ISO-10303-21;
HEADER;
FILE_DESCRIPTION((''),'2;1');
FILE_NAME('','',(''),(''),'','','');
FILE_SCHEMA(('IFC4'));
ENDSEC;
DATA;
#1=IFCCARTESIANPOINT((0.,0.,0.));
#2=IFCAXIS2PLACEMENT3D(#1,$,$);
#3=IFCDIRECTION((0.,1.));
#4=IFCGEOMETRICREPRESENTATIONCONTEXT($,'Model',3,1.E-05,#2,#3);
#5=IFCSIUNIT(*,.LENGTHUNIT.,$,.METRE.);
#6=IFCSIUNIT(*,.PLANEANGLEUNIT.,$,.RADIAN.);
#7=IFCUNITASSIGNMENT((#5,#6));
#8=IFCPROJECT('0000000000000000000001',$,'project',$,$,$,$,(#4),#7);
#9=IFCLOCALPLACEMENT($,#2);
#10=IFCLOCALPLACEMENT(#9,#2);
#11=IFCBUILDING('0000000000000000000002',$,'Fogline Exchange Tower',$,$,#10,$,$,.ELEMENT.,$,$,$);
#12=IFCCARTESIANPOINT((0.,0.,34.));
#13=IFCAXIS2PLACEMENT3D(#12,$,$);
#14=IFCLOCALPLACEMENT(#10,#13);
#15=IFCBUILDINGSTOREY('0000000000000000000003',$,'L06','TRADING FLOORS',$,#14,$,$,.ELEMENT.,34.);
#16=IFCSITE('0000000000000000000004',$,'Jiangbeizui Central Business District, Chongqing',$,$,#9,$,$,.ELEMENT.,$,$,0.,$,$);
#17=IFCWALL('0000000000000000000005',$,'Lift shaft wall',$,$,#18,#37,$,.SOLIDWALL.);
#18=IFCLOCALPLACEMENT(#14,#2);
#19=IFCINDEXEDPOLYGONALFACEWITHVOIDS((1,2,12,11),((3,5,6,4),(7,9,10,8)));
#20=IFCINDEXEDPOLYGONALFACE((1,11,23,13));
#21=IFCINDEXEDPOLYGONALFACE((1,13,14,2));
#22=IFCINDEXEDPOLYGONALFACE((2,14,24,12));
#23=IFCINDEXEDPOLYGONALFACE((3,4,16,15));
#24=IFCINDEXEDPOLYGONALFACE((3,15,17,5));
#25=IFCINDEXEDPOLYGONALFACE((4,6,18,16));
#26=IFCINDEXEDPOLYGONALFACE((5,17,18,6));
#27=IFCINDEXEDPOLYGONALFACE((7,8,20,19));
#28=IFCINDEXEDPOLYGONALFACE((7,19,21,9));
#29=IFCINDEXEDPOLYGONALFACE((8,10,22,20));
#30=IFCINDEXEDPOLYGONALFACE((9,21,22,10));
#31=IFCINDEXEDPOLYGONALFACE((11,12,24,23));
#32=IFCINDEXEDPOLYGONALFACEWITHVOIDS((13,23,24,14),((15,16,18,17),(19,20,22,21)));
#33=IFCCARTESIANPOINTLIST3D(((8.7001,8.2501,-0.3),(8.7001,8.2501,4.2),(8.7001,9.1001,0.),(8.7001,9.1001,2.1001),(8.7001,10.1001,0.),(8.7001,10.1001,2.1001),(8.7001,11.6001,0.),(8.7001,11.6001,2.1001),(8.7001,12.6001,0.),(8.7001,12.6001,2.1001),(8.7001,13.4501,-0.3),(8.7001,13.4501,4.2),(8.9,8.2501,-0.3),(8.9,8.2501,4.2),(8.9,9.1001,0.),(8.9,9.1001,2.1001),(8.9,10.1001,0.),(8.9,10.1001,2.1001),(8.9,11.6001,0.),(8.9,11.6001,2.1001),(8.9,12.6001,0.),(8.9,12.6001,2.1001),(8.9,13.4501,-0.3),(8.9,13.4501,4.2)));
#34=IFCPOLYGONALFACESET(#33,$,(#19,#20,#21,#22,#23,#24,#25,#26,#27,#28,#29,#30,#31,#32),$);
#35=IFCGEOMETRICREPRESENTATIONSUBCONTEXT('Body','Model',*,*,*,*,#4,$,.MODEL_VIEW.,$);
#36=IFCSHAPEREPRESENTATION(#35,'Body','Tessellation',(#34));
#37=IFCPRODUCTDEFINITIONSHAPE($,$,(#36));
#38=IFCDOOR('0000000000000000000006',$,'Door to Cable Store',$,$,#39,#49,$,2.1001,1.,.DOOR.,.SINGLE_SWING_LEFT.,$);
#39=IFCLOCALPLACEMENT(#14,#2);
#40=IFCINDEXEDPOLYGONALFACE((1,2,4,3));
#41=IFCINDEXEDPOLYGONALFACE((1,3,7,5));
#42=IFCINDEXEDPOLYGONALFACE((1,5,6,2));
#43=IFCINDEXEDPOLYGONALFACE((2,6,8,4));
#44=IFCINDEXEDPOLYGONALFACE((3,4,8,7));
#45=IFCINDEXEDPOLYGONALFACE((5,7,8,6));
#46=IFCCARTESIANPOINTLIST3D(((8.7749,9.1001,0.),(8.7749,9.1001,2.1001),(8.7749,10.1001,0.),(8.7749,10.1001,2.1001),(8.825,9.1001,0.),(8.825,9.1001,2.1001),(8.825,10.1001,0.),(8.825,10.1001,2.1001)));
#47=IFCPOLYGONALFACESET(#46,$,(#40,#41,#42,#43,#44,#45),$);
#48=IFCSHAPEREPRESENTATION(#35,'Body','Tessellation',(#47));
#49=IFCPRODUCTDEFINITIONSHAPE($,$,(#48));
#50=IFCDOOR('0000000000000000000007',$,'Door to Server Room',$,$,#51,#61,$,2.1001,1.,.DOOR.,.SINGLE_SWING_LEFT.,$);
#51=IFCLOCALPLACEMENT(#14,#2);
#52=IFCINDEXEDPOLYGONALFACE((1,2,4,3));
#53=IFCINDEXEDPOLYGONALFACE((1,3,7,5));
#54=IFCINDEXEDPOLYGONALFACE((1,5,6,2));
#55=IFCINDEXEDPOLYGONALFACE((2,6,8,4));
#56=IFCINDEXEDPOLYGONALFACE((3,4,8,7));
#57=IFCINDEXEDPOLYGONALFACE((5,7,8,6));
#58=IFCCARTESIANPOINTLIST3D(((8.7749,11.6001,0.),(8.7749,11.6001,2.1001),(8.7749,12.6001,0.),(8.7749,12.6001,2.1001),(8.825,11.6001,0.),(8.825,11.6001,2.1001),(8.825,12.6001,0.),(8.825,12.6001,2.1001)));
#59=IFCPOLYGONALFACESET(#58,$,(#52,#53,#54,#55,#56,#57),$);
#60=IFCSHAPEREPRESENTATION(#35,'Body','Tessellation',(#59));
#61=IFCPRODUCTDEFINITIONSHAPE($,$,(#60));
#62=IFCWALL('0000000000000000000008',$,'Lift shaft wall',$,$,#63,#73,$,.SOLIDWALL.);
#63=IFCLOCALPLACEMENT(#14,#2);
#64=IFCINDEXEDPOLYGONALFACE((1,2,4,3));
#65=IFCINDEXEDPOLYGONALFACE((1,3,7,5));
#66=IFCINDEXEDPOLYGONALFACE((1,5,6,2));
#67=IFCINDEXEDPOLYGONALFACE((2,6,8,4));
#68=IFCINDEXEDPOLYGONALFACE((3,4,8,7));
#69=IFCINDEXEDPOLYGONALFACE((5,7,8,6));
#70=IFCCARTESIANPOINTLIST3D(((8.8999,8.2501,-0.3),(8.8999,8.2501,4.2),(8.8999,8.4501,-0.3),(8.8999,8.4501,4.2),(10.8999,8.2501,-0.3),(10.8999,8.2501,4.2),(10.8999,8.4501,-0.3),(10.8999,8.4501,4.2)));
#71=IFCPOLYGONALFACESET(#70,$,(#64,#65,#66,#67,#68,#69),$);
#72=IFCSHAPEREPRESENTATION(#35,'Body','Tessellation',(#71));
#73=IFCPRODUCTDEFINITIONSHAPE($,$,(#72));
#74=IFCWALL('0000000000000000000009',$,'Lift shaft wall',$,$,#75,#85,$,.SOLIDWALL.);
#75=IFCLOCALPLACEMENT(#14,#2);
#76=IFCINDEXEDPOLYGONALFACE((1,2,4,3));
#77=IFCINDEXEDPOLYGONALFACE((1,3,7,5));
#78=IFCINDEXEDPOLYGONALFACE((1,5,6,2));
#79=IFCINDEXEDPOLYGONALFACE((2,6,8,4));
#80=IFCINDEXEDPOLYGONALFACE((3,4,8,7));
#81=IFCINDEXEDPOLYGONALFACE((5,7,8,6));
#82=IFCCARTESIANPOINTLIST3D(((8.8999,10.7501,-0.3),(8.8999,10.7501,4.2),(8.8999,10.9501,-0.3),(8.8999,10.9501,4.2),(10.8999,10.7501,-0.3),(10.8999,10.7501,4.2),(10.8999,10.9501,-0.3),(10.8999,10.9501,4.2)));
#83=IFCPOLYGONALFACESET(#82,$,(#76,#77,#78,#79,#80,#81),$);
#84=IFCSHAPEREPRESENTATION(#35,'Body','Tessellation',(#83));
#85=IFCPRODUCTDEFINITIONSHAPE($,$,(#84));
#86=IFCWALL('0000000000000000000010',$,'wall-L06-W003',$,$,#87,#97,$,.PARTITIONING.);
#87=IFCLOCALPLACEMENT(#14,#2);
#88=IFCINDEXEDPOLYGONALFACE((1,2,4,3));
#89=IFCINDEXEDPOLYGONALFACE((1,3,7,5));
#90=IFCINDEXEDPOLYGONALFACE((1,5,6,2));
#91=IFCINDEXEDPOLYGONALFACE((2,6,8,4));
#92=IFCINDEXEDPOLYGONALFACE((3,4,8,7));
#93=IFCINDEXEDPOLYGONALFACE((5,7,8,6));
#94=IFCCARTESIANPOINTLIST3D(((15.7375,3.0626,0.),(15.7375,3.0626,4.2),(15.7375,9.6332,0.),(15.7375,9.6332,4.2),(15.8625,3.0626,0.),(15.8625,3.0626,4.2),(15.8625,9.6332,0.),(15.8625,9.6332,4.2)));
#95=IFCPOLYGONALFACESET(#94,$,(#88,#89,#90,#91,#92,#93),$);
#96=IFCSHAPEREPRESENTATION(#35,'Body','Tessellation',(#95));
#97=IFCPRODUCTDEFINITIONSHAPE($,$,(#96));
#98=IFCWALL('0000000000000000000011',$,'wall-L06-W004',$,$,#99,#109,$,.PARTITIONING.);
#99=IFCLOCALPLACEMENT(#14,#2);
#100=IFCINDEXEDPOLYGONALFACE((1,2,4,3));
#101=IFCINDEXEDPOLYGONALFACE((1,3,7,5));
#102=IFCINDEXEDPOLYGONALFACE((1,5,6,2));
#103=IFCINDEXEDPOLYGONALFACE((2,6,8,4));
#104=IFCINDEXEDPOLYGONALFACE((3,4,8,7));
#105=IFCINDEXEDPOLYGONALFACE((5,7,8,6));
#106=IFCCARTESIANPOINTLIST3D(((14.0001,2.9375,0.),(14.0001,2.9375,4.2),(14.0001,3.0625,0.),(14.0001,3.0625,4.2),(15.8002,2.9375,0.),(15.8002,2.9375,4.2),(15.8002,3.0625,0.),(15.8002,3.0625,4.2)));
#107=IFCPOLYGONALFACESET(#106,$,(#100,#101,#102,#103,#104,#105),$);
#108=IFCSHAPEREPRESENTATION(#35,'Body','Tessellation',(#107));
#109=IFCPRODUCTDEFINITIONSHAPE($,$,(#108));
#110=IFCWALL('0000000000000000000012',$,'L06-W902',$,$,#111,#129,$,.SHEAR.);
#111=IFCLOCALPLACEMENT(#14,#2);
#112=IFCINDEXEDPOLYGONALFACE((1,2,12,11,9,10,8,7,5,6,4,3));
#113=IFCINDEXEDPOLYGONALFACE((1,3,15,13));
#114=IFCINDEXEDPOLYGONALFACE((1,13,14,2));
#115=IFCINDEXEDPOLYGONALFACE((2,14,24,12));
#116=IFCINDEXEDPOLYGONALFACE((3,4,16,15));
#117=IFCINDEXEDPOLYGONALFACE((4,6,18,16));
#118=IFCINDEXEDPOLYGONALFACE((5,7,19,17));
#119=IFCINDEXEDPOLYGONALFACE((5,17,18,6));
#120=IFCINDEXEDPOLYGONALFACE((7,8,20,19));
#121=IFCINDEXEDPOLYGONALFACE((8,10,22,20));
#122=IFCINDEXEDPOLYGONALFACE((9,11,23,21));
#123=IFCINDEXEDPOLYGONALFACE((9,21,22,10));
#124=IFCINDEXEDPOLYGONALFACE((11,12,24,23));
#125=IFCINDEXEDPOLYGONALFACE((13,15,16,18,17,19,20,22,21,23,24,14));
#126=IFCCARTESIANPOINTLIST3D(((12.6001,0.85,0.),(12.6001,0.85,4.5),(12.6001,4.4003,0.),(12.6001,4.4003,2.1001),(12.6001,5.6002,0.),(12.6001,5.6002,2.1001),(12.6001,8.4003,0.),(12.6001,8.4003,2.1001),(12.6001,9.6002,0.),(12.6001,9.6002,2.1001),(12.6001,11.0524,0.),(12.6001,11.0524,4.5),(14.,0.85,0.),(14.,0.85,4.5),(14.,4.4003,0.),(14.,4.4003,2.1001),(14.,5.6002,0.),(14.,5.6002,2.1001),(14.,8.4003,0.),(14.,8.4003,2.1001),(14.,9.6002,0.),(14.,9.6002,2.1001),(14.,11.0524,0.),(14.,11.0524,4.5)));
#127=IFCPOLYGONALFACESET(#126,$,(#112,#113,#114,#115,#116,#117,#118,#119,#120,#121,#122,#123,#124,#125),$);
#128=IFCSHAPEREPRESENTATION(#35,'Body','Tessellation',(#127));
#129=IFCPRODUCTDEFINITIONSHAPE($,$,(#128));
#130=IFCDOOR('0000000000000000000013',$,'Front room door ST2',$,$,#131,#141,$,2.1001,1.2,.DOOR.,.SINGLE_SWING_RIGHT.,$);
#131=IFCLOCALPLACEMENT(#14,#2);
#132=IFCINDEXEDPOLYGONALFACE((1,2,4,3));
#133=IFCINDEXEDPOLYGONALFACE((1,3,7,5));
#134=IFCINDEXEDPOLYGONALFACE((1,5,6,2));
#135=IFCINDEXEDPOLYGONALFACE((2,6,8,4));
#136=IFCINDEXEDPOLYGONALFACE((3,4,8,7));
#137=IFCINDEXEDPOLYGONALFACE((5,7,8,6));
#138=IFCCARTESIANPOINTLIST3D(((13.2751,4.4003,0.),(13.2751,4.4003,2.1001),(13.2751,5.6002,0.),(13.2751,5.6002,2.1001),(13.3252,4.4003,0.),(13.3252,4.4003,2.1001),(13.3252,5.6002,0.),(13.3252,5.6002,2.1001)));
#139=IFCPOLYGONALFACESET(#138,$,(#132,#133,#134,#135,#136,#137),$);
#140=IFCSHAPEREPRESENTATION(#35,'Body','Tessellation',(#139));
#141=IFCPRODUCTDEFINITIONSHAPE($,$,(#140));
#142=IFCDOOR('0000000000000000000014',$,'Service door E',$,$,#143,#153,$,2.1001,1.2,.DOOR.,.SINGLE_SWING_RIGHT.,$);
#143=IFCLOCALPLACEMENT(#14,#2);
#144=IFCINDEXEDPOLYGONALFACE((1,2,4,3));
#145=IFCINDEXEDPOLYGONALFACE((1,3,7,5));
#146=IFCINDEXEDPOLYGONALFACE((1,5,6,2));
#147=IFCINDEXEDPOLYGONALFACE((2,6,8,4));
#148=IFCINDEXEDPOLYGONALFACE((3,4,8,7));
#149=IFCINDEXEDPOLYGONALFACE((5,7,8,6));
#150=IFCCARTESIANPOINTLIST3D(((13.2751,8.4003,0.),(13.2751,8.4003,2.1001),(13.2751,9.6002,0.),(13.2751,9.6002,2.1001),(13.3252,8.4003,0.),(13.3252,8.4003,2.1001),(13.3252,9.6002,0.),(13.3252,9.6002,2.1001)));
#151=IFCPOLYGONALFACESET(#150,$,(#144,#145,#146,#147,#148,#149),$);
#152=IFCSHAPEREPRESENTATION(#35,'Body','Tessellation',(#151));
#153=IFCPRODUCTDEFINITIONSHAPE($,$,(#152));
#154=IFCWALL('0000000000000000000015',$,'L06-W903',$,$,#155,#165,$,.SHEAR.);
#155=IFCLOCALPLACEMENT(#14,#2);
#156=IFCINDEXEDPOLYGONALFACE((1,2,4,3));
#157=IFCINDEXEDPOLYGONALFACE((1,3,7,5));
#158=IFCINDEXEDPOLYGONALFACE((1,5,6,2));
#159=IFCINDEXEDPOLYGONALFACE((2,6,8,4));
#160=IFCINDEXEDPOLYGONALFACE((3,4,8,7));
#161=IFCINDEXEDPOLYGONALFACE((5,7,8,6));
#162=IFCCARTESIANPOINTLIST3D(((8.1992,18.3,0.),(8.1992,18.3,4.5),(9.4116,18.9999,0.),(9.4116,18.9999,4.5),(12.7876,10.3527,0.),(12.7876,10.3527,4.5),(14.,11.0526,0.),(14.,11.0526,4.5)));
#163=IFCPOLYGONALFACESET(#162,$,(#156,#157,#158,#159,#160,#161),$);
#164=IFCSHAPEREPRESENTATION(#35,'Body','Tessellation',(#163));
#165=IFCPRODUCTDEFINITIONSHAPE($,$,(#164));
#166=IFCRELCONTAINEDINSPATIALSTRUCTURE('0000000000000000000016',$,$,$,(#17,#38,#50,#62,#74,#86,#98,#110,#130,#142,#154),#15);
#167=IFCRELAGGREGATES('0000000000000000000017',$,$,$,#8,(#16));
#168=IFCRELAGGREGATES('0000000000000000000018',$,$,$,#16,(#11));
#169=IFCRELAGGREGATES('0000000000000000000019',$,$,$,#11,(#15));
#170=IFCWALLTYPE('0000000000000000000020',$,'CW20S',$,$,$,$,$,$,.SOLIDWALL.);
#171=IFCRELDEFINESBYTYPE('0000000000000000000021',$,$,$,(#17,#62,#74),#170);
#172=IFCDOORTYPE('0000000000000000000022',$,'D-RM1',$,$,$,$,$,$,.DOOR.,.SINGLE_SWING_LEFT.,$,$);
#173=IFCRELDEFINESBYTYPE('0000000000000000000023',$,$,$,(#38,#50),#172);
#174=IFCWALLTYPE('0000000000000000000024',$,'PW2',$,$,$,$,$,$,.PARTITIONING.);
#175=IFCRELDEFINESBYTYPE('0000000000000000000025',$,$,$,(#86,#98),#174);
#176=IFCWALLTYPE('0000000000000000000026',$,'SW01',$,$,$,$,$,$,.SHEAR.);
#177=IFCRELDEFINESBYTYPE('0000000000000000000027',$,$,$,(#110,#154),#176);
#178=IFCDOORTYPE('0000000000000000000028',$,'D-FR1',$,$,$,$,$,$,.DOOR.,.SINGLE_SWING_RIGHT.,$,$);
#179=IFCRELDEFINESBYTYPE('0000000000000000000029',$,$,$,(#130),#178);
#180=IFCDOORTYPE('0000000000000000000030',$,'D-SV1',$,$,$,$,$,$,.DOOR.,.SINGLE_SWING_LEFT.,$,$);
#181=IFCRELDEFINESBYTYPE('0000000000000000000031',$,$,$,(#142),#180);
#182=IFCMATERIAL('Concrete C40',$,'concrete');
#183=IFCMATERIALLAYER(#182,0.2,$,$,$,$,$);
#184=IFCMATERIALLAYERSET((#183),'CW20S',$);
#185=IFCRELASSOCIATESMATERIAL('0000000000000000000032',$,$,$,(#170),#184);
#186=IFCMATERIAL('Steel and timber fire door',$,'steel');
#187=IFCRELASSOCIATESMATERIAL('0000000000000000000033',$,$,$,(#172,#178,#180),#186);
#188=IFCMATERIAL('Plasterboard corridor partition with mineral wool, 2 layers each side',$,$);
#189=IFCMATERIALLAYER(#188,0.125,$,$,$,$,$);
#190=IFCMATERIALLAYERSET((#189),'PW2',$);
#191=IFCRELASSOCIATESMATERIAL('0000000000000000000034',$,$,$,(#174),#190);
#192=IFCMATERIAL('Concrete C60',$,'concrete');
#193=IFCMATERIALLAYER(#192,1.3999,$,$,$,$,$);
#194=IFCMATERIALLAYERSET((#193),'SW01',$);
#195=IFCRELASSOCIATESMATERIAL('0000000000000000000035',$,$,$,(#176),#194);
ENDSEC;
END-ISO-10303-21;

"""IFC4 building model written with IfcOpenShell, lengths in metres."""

from ifc_helpers import new_model, si_unit, direction, frame, frame_2d, origin, place, context, subcontext, project, spatial, rectangle, extrude, material, layer, layer_set, type_object, element, fill, save


model = new_model("IFC4")

# Units and contexts
model_context = context("Model", 3, precision=1e-05, world=origin(), true_north=direction((0.0, 1.0)))
body_context = subcontext(model_context, "Body", "Model", "MODEL_VIEW")
ifc_project = project(units=[si_unit("LENGTHUNIT", "METRE"), si_unit("PLANEANGLEUNIT", "RADIAN")], contexts=[model_context])

# Site, building, storey
site_placement = place(None, origin())
site = spatial("IfcSite", under=ifc_project, at=site_placement, Name="Jiangbeizui Central Business District, Chongqing", CompositionType="ELEMENT", RefElevation=0.0)
building_placement = place(site_placement, origin())
building = spatial("IfcBuilding", under=site, at=building_placement, Name="Fogline Exchange Tower", CompositionType="ELEMENT")
storey_placement = place(building_placement, frame((0.0, 0.0, 34.0)))
storey = spatial("IfcBuildingStorey", under=building, at=storey_placement, Name="L06", Description="TRADING FLOORS", CompositionType="ELEMENT", Elevation=34.0)

# Shared definitions
ifc_material_1 = material(Name="Concrete C40", Category="concrete")

# Shared definitions
ifc_material_2 = material(Name="Steel and timber fire door", Category="steel")

# Wall, openings, doors
ifc_layer_1 = layer(ifc_material_1, 0.2)
ifc_layer_set_1 = layer_set([ifc_layer_1], Name="CW20S")
wall_type_1 = type_object("IfcWallType", Name="CW20S", PredefinedType="SOLIDWALL", material=ifc_layer_set_1)
wall_1_placement = place(storey_placement, frame((8.8, 8.25, -0.3), z_axis=(0.0, 0.0, 1.0), x_axis=(0.0, 1.0, 0.0)))
wall_1 = element("IfcWall", 1, at=wall_1_placement, inside=storey, type_object=wall_type_1, Name="Lift shaft wall", PredefinedType="SOLIDWALL", context=body_context, shape_type="SweptSolid", body=[
    extrude(rectangle(XDim=5.2, YDim=0.2, at=frame_2d((2.6001, 0.0))), origin(), (0.0, 0.0, 1.0), 4.5),
])
opening_1_placement = place(wall_1_placement, frame((0.8501, 0.0, 0.3)))
opening_1 = element("IfcOpeningElement", 2, at=opening_1_placement, cuts=wall_1, PredefinedType="OPENING", context=body_context, shape_type="SweptSolid", body=[
    extrude(rectangle(XDim=1.0, YDim=2.1001, at=frame_2d((0.5, 1.05))), frame((0.0, 0.1099, 0.0), z_axis=(0.0, -1.0, 0.0), x_axis=(1.0, 0.0, 0.0)), (0.0, 0.0, 1.0), 0.22),
])
opening_2_placement = place(wall_1_placement, frame((3.3501, 0.0, 0.3)))
opening_2 = element("IfcOpeningElement", 3, at=opening_2_placement, cuts=wall_1, PredefinedType="OPENING", context=body_context, shape_type="SweptSolid", body=[
    extrude(rectangle(XDim=1.0, YDim=2.1001, at=frame_2d((0.5, 1.05))), frame((0.0, 0.1099, 0.0), z_axis=(0.0, -1.0, 0.0), x_axis=(1.0, 0.0, 0.0)), (0.0, 0.0, 1.0), 0.22),
])
door_type_1 = type_object("IfcDoorType", Name="D-RM1", OperationType="SINGLE_SWING_LEFT", PredefinedType="DOOR", material=ifc_material_2)
door_1_placement = place(opening_1_placement, frame((1.0, 0.0, 0.0), z_axis=(0.0, 0.0, 1.0), x_axis=(-1.0, 0.0, 0.0)))
door_1 = element("IfcDoor", 4, at=door_1_placement, inside=storey, type_object=door_type_1, Name="Door to Cable Store", OperationType="SINGLE_SWING_LEFT", OverallHeight=2.1001, OverallWidth=1.0, PredefinedType="DOOR", context=body_context, shape_type="SweptSolid", body=[
    extrude(rectangle(XDim=1.0, YDim=2.1001, at=frame_2d((0.5, 1.05))), frame((0.0, 0.0249, 0.0), z_axis=(0.0, -1.0, 0.0), x_axis=(1.0, 0.0, 0.0)), (0.0, 0.0, 1.0), 0.05),
])
fill(opening_1, door_1)
door_2_placement = place(opening_2_placement, frame((1.0, 0.0, 0.0), z_axis=(0.0, 0.0, 1.0), x_axis=(-1.0, 0.0, 0.0)))
door_2 = element("IfcDoor", 5, at=door_2_placement, inside=storey, type_object=door_type_1, Name="Door to Server Room", OperationType="SINGLE_SWING_LEFT", OverallHeight=2.1001, OverallWidth=1.0, PredefinedType="DOOR", context=body_context, shape_type="SweptSolid", body=[
    extrude(rectangle(XDim=1.0, YDim=2.1001, at=frame_2d((0.5, 1.05))), frame((0.0, 0.0249, 0.0), z_axis=(0.0, -1.0, 0.0), x_axis=(1.0, 0.0, 0.0)), (0.0, 0.0, 1.0), 0.05),
])
fill(opening_2, door_2)

# Walls
for number, where, z_axis, x_axis, name in (
    (6, (8.8999, 8.3501, -0.3), (0.0, 0.0, 1.0), (1.0, 0.0, 0.0), "Lift shaft wall"),
    (7, (8.8999, 10.8501, -0.3), (0.0, 0.0, 1.0), (1.0, 0.0, 0.0), "Lift shaft wall"),
):
    element("IfcWall", number, at=place(storey_placement, frame(where, z_axis=z_axis, x_axis=x_axis)), inside=storey, type_object=wall_type_1, Name=name, PredefinedType="SOLIDWALL", context=body_context, shape_type="SweptSolid", body=[
        extrude(rectangle(XDim=2.0, YDim=0.2, at=frame_2d((1.0, 0.0))), origin(), (0.0, 0.0, 1.0), 4.5),
    ])
ifc_material_3 = material(Name="Plasterboard corridor partition with mineral wool, 2 layers each side")
ifc_layer_2 = layer(ifc_material_3, 0.125)
ifc_layer_set_2 = layer_set([ifc_layer_2], Name="PW2")
wall_type_2 = type_object("IfcWallType", Name="PW2", PredefinedType="PARTITIONING", material=ifc_layer_set_2)
wall_2_placement = place(storey_placement, frame((15.8, 9.6331, 0.0), z_axis=(0.0, 0.0, 1.0), x_axis=(0.0, -1.0, 0.0)))
element("IfcWall", 8, at=wall_2_placement, inside=storey, type_object=wall_type_2, Name="wall-L06-W003", PredefinedType="PARTITIONING", context=body_context, shape_type="SweptSolid", body=[
    extrude(rectangle(XDim=6.5706, YDim=0.125, at=frame_2d((3.2852, 0.0))), origin(), (0.0, 0.0, 1.0), 4.2),
])
wall_3_placement = place(storey_placement, frame((15.8, 3.0, 0.0), z_axis=(0.0, 0.0, 1.0), x_axis=(-1.0, 0.0, 0.0)))
element("IfcWall", 9, at=wall_3_placement, inside=storey, type_object=wall_type_2, Name="wall-L06-W004", PredefinedType="PARTITIONING", context=body_context, shape_type="SweptSolid", body=[
    extrude(rectangle(XDim=1.8, YDim=0.125, at=frame_2d((0.8999, 0.0))), origin(), (0.0, 0.0, 1.0), 4.2),
])

# Wall, openings, doors
ifc_material_4 = material(Name="Concrete C60", Category="concrete")
ifc_layer_3 = layer(ifc_material_4, 1.3999)
ifc_layer_set_3 = layer_set([ifc_layer_3], Name="SW01")
wall_type_3 = type_object("IfcWallType", Name="SW01", PredefinedType="SHEAR", material=ifc_layer_set_3)
wall_4_placement = place(storey_placement, frame((13.3, 0.8501, 0.0), z_axis=(0.0, 0.0, 1.0), x_axis=(0.0, 1.0, 0.0)))
wall_4 = element("IfcWall", 10, at=wall_4_placement, inside=storey, type_object=wall_type_3, Name="L06-W902", PredefinedType="SHEAR", context=body_context, shape_type="SweptSolid", body=[
    extrude(rectangle(XDim=10.2024, YDim=1.3999, at=frame_2d((5.1011, 0.0))), origin(), (0.0, 0.0, 1.0), 4.5),
])
opening_3_placement = place(wall_4_placement, frame((3.55, 0.0, 0.0)))
opening_3 = element("IfcOpeningElement", 11, at=opening_3_placement, cuts=wall_4, PredefinedType="OPENING", context=body_context, shape_type="SweptSolid", body=[
    extrude(rectangle(XDim=1.2, YDim=2.1001, at=frame_2d((0.6001, 1.05))), frame((0.0, 0.71, 0.0), z_axis=(0.0, -1.0, 0.0), x_axis=(1.0, 0.0, 0.0)), (0.0, 0.0, 1.0), 1.4199),
])
opening_4_placement = place(wall_4_placement, frame((7.55, 0.0, 0.0)))
opening_4 = element("IfcOpeningElement", 12, at=opening_4_placement, cuts=wall_4, PredefinedType="OPENING", context=body_context, shape_type="SweptSolid", body=[
    extrude(rectangle(XDim=1.2, YDim=2.1001, at=frame_2d((0.6001, 1.05))), frame((0.0, 0.71, 0.0), z_axis=(0.0, -1.0, 0.0), x_axis=(1.0, 0.0, 0.0)), (0.0, 0.0, 1.0), 1.4199),
])
door_type_2 = type_object("IfcDoorType", Name="D-FR1", OperationType="SINGLE_SWING_RIGHT", PredefinedType="DOOR", material=ifc_material_2)
door_3_placement = place(opening_3_placement, origin())
door_3 = element("IfcDoor", 13, at=door_3_placement, inside=storey, type_object=door_type_2, Name="Front room door ST2", OperationType="SINGLE_SWING_RIGHT", OverallHeight=2.1001, OverallWidth=1.2, PredefinedType="DOOR", context=body_context, shape_type="SweptSolid", body=[
    extrude(rectangle(XDim=1.2, YDim=2.1001, at=frame_2d((0.6001, 1.05))), frame((0.0, 0.0249, 0.0), z_axis=(0.0, -1.0, 0.0), x_axis=(1.0, 0.0, 0.0)), (0.0, 0.0, 1.0), 0.05),
])
fill(opening_3, door_3)
door_type_3 = type_object("IfcDoorType", Name="D-SV1", OperationType="SINGLE_SWING_LEFT", PredefinedType="DOOR", material=ifc_material_2)
door_4_placement = place(opening_4_placement, origin())
door_4 = element("IfcDoor", 14, at=door_4_placement, inside=storey, type_object=door_type_3, Name="Service door E", OperationType="SINGLE_SWING_RIGHT", OverallHeight=2.1001, OverallWidth=1.2, PredefinedType="DOOR", context=body_context, shape_type="SweptSolid", body=[
    extrude(rectangle(XDim=1.2, YDim=2.1001, at=frame_2d((0.6001, 1.05))), frame((0.0, 0.0249, 0.0), z_axis=(0.0, -1.0, 0.0), x_axis=(1.0, 0.0, 0.0)), (0.0, 0.0, 1.0), 0.05),
])
fill(opening_4, door_4)

# Wall
wall_5_placement = place(storey_placement, frame((13.3938, 10.7026, 0.0), z_axis=(0.0, 0.0, 1.0), x_axis=(-0.500002, 0.866024, 0.0)))
element("IfcWall", 15, at=wall_5_placement, inside=storey, type_object=wall_type_3, Name="L06-W903", PredefinedType="SHEAR", context=body_context, shape_type="SweptSolid", body=[
    extrude(rectangle(XDim=9.1768, YDim=1.3999, at=frame_2d((4.5884, 0.0))), origin(), (0.0, 0.0, 1.0), 4.5),
])

save(model, "model.ifc")
